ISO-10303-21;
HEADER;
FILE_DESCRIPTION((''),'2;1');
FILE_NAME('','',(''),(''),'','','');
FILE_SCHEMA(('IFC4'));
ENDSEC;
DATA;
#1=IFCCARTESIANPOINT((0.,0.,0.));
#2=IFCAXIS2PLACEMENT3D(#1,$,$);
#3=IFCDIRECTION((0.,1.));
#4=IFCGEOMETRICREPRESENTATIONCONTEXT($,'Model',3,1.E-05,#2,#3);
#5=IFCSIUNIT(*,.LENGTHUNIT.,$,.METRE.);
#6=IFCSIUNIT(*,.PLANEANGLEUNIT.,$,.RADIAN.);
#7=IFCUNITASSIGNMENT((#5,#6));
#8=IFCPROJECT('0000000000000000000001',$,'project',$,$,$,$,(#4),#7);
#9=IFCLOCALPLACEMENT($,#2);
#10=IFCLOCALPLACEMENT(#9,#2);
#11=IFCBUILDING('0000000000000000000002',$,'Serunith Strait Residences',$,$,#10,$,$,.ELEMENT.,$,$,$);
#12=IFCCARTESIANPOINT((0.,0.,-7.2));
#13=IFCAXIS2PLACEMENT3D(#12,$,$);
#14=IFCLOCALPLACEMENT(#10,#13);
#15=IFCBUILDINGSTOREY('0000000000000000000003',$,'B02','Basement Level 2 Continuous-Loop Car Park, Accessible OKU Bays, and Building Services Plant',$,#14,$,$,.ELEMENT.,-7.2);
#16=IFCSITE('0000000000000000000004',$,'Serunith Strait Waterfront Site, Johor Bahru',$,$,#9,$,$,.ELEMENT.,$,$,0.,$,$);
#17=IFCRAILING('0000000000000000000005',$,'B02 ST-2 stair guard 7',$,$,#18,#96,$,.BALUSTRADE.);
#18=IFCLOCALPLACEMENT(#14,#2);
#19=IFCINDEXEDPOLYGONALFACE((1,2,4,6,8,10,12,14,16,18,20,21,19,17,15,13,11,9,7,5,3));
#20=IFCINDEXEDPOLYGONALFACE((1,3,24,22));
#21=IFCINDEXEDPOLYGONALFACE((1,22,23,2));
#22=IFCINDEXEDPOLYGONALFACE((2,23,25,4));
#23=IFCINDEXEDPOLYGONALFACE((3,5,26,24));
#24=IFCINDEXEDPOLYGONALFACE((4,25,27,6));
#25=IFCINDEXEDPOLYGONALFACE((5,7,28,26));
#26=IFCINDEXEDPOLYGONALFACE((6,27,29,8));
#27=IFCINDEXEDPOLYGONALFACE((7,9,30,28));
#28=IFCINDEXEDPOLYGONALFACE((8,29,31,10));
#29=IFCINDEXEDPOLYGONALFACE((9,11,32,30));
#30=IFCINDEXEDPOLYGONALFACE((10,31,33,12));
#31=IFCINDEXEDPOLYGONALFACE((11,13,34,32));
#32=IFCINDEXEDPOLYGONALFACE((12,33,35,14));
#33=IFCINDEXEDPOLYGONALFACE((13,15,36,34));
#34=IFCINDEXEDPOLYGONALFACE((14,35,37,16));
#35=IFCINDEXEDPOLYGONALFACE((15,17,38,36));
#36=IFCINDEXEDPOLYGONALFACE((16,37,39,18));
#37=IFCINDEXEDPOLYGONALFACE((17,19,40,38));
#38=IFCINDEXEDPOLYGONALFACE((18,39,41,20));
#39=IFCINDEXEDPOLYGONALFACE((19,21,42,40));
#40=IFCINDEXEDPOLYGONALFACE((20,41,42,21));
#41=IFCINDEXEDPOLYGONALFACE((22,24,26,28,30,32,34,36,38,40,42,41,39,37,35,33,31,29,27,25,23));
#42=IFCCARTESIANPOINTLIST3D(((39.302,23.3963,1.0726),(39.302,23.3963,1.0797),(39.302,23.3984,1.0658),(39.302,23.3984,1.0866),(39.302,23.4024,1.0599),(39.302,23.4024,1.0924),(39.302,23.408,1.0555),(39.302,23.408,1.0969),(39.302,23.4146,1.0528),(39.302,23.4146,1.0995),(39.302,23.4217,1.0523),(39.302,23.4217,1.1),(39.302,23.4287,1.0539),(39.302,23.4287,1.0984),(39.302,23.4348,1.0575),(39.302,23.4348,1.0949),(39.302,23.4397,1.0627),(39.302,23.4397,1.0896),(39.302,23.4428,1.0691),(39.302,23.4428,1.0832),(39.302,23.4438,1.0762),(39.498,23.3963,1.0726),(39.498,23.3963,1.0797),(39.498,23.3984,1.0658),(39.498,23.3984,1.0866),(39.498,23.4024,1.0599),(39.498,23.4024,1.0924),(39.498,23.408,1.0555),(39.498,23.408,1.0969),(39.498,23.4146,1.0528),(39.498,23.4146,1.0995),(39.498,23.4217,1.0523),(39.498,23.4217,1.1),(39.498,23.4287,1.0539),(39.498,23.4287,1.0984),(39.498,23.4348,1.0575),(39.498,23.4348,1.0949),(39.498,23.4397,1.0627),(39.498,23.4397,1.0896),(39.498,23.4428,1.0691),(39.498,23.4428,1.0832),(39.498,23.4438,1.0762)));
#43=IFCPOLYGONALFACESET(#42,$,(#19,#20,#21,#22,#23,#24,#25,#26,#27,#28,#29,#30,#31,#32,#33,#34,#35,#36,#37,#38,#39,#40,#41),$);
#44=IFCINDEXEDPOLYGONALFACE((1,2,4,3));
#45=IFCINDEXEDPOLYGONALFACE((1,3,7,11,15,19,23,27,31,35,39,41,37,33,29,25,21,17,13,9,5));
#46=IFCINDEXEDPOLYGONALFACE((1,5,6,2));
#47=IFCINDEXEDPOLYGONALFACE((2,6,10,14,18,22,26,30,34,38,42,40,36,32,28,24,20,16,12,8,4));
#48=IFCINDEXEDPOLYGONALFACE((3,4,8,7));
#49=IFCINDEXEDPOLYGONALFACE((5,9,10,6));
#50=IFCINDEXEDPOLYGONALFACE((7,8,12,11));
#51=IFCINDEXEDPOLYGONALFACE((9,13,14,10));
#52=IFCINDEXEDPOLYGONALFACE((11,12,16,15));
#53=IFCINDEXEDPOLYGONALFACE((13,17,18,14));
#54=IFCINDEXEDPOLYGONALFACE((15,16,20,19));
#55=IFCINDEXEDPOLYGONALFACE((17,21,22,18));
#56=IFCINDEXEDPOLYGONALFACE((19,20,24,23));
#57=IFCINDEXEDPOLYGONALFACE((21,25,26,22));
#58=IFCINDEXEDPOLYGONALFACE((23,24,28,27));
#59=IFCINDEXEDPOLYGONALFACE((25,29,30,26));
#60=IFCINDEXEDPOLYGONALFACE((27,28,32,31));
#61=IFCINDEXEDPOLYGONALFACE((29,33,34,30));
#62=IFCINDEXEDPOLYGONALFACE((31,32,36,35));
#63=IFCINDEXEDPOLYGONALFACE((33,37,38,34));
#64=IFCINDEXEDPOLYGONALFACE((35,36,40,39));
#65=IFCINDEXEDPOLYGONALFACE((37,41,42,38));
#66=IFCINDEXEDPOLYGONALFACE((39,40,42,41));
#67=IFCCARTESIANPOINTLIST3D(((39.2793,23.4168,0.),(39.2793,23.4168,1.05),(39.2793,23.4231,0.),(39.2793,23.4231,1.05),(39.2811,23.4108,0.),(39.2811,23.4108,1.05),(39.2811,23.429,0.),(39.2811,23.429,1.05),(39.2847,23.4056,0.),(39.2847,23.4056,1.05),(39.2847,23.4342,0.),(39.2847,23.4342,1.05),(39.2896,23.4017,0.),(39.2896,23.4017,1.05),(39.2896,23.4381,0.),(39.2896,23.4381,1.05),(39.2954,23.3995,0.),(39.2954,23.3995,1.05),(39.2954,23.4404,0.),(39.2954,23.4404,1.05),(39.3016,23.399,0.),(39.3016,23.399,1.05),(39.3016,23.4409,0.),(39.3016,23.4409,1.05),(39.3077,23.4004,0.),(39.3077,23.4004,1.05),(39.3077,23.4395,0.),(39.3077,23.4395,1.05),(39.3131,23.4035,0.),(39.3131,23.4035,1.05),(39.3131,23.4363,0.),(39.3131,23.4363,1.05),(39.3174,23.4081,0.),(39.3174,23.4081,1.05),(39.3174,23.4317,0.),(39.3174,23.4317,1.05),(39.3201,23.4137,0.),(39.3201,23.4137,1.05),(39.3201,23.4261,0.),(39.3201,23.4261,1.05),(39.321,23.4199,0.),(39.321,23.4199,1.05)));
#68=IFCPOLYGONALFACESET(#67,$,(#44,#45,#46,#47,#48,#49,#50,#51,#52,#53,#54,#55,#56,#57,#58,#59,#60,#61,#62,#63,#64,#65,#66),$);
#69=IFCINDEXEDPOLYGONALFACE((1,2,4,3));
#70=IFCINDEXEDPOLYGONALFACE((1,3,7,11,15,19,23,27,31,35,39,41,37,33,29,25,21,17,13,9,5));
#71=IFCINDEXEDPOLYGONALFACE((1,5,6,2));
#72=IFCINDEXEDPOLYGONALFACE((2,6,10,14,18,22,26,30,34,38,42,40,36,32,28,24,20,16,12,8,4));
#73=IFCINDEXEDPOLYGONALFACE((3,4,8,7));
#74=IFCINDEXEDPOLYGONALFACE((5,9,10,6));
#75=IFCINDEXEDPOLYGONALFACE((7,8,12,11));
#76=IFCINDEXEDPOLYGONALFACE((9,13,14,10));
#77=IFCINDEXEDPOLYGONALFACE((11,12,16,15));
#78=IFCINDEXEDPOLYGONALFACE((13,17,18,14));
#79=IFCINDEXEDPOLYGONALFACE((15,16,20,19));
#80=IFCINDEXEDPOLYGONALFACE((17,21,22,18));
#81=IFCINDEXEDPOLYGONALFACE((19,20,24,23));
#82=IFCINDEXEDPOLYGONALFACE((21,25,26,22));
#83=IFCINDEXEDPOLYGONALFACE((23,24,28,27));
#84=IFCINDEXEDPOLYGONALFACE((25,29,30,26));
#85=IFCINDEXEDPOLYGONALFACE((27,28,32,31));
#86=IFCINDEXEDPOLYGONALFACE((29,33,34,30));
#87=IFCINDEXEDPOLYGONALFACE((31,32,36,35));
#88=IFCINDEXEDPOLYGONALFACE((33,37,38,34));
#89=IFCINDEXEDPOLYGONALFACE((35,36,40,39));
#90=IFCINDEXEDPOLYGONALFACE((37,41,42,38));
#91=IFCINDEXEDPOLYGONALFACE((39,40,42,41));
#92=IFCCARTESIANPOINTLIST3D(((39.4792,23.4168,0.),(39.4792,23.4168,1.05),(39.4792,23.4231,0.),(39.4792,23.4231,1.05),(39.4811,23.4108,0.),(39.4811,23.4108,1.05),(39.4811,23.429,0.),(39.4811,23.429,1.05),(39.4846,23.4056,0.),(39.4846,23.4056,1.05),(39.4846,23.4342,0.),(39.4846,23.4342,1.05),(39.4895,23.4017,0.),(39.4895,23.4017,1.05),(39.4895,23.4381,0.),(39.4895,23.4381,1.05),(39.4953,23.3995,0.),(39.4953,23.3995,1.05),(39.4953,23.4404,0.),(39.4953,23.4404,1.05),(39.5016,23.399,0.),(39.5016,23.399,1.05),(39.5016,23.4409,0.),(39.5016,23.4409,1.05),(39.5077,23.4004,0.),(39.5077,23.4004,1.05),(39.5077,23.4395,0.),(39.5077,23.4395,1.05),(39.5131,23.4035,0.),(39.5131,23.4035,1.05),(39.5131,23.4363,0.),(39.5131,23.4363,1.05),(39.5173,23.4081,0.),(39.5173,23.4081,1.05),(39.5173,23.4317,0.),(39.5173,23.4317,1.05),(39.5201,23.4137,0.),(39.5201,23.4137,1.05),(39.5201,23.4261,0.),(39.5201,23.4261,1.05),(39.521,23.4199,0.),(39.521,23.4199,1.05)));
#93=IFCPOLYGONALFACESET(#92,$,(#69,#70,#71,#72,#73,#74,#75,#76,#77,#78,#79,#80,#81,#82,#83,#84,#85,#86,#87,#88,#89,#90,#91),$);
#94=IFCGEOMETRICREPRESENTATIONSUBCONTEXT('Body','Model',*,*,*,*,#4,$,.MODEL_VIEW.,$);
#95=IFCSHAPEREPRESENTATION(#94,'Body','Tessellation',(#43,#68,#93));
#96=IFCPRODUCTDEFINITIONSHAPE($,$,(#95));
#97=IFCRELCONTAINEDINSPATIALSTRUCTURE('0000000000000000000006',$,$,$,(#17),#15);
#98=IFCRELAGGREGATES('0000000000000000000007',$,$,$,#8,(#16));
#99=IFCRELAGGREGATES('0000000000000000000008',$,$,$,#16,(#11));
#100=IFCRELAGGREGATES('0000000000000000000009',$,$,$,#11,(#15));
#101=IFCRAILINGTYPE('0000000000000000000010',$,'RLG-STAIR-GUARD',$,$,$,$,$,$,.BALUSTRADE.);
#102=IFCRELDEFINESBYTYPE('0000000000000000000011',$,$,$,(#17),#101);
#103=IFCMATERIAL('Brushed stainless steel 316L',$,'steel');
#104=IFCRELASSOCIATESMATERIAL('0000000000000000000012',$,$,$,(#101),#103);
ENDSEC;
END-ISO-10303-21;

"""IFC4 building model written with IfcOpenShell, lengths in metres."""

from ifc_helpers import new_model, si_unit, direction, frame, origin, origin_2d, place, context, subcontext, project, spatial, circle, extrude, material, type_object, element, save


model = new_model("IFC4")

# Units and contexts
model_context = context("Model", 3, precision=1e-05, world=origin(), true_north=direction((0.0, 1.0)))
body_context = subcontext(model_context, "Body", "Model", "MODEL_VIEW")
ifc_project = project(units=[si_unit("LENGTHUNIT", "METRE"), si_unit("PLANEANGLEUNIT", "RADIAN")], contexts=[model_context])

# Site, building, storey
site_placement = place(None, origin())
site = spatial("IfcSite", under=ifc_project, at=site_placement, Name="Serunith Strait Waterfront Site, Johor Bahru", CompositionType="ELEMENT", RefElevation=0.0)
building_placement = place(site_placement, origin())
building = spatial("IfcBuilding", under=site, at=building_placement, Name="Serunith Strait Residences", CompositionType="ELEMENT")
storey_placement = place(building_placement, frame((0.0, 0.0, -7.2)))
storey = spatial("IfcBuildingStorey", under=building, at=storey_placement, Name="B02", Description="Basement Level 2 Continuous-Loop Car Park, Accessible OKU Bays, and Building Services Plant", CompositionType="ELEMENT", Elevation=-7.2)

# Railing
ifc_material_1 = material(Name="Brushed stainless steel 316L", Category="steel")
railing_type_1 = type_object("IfcRailingType", Name="RLG-STAIR-GUARD", PredefinedType="BALUSTRADE", material=ifc_material_1)
railing_1_placement = place(storey_placement, frame((39.3, 23.4199, 0.0)))
element("IfcRailing", 1, at=railing_1_placement, inside=storey, type_object=railing_type_1, Name="B02 ST-2 stair guard 7", PredefinedType="BALUSTRADE", context=body_context, shape_type="SweptSolid", body=[
    extrude(circle(Radius=0.0239, at=origin_2d()), frame((0.002, 0.0, 1.0762), z_axis=(1.0, 0.0, 0.0), x_axis=(0.0, 1.0, 0.0)), (0.0, 0.0, 1.0), 0.196),
    extrude(circle(Radius=0.021, at=origin_2d()), origin(), (0.0, 0.0, 1.0), 1.05),
    extrude(circle(Radius=0.021, at=origin_2d()), frame((0.2, 0.0, 0.0)), (0.0, 0.0, 1.0), 1.05),
])

save(model, "model.ifc")
